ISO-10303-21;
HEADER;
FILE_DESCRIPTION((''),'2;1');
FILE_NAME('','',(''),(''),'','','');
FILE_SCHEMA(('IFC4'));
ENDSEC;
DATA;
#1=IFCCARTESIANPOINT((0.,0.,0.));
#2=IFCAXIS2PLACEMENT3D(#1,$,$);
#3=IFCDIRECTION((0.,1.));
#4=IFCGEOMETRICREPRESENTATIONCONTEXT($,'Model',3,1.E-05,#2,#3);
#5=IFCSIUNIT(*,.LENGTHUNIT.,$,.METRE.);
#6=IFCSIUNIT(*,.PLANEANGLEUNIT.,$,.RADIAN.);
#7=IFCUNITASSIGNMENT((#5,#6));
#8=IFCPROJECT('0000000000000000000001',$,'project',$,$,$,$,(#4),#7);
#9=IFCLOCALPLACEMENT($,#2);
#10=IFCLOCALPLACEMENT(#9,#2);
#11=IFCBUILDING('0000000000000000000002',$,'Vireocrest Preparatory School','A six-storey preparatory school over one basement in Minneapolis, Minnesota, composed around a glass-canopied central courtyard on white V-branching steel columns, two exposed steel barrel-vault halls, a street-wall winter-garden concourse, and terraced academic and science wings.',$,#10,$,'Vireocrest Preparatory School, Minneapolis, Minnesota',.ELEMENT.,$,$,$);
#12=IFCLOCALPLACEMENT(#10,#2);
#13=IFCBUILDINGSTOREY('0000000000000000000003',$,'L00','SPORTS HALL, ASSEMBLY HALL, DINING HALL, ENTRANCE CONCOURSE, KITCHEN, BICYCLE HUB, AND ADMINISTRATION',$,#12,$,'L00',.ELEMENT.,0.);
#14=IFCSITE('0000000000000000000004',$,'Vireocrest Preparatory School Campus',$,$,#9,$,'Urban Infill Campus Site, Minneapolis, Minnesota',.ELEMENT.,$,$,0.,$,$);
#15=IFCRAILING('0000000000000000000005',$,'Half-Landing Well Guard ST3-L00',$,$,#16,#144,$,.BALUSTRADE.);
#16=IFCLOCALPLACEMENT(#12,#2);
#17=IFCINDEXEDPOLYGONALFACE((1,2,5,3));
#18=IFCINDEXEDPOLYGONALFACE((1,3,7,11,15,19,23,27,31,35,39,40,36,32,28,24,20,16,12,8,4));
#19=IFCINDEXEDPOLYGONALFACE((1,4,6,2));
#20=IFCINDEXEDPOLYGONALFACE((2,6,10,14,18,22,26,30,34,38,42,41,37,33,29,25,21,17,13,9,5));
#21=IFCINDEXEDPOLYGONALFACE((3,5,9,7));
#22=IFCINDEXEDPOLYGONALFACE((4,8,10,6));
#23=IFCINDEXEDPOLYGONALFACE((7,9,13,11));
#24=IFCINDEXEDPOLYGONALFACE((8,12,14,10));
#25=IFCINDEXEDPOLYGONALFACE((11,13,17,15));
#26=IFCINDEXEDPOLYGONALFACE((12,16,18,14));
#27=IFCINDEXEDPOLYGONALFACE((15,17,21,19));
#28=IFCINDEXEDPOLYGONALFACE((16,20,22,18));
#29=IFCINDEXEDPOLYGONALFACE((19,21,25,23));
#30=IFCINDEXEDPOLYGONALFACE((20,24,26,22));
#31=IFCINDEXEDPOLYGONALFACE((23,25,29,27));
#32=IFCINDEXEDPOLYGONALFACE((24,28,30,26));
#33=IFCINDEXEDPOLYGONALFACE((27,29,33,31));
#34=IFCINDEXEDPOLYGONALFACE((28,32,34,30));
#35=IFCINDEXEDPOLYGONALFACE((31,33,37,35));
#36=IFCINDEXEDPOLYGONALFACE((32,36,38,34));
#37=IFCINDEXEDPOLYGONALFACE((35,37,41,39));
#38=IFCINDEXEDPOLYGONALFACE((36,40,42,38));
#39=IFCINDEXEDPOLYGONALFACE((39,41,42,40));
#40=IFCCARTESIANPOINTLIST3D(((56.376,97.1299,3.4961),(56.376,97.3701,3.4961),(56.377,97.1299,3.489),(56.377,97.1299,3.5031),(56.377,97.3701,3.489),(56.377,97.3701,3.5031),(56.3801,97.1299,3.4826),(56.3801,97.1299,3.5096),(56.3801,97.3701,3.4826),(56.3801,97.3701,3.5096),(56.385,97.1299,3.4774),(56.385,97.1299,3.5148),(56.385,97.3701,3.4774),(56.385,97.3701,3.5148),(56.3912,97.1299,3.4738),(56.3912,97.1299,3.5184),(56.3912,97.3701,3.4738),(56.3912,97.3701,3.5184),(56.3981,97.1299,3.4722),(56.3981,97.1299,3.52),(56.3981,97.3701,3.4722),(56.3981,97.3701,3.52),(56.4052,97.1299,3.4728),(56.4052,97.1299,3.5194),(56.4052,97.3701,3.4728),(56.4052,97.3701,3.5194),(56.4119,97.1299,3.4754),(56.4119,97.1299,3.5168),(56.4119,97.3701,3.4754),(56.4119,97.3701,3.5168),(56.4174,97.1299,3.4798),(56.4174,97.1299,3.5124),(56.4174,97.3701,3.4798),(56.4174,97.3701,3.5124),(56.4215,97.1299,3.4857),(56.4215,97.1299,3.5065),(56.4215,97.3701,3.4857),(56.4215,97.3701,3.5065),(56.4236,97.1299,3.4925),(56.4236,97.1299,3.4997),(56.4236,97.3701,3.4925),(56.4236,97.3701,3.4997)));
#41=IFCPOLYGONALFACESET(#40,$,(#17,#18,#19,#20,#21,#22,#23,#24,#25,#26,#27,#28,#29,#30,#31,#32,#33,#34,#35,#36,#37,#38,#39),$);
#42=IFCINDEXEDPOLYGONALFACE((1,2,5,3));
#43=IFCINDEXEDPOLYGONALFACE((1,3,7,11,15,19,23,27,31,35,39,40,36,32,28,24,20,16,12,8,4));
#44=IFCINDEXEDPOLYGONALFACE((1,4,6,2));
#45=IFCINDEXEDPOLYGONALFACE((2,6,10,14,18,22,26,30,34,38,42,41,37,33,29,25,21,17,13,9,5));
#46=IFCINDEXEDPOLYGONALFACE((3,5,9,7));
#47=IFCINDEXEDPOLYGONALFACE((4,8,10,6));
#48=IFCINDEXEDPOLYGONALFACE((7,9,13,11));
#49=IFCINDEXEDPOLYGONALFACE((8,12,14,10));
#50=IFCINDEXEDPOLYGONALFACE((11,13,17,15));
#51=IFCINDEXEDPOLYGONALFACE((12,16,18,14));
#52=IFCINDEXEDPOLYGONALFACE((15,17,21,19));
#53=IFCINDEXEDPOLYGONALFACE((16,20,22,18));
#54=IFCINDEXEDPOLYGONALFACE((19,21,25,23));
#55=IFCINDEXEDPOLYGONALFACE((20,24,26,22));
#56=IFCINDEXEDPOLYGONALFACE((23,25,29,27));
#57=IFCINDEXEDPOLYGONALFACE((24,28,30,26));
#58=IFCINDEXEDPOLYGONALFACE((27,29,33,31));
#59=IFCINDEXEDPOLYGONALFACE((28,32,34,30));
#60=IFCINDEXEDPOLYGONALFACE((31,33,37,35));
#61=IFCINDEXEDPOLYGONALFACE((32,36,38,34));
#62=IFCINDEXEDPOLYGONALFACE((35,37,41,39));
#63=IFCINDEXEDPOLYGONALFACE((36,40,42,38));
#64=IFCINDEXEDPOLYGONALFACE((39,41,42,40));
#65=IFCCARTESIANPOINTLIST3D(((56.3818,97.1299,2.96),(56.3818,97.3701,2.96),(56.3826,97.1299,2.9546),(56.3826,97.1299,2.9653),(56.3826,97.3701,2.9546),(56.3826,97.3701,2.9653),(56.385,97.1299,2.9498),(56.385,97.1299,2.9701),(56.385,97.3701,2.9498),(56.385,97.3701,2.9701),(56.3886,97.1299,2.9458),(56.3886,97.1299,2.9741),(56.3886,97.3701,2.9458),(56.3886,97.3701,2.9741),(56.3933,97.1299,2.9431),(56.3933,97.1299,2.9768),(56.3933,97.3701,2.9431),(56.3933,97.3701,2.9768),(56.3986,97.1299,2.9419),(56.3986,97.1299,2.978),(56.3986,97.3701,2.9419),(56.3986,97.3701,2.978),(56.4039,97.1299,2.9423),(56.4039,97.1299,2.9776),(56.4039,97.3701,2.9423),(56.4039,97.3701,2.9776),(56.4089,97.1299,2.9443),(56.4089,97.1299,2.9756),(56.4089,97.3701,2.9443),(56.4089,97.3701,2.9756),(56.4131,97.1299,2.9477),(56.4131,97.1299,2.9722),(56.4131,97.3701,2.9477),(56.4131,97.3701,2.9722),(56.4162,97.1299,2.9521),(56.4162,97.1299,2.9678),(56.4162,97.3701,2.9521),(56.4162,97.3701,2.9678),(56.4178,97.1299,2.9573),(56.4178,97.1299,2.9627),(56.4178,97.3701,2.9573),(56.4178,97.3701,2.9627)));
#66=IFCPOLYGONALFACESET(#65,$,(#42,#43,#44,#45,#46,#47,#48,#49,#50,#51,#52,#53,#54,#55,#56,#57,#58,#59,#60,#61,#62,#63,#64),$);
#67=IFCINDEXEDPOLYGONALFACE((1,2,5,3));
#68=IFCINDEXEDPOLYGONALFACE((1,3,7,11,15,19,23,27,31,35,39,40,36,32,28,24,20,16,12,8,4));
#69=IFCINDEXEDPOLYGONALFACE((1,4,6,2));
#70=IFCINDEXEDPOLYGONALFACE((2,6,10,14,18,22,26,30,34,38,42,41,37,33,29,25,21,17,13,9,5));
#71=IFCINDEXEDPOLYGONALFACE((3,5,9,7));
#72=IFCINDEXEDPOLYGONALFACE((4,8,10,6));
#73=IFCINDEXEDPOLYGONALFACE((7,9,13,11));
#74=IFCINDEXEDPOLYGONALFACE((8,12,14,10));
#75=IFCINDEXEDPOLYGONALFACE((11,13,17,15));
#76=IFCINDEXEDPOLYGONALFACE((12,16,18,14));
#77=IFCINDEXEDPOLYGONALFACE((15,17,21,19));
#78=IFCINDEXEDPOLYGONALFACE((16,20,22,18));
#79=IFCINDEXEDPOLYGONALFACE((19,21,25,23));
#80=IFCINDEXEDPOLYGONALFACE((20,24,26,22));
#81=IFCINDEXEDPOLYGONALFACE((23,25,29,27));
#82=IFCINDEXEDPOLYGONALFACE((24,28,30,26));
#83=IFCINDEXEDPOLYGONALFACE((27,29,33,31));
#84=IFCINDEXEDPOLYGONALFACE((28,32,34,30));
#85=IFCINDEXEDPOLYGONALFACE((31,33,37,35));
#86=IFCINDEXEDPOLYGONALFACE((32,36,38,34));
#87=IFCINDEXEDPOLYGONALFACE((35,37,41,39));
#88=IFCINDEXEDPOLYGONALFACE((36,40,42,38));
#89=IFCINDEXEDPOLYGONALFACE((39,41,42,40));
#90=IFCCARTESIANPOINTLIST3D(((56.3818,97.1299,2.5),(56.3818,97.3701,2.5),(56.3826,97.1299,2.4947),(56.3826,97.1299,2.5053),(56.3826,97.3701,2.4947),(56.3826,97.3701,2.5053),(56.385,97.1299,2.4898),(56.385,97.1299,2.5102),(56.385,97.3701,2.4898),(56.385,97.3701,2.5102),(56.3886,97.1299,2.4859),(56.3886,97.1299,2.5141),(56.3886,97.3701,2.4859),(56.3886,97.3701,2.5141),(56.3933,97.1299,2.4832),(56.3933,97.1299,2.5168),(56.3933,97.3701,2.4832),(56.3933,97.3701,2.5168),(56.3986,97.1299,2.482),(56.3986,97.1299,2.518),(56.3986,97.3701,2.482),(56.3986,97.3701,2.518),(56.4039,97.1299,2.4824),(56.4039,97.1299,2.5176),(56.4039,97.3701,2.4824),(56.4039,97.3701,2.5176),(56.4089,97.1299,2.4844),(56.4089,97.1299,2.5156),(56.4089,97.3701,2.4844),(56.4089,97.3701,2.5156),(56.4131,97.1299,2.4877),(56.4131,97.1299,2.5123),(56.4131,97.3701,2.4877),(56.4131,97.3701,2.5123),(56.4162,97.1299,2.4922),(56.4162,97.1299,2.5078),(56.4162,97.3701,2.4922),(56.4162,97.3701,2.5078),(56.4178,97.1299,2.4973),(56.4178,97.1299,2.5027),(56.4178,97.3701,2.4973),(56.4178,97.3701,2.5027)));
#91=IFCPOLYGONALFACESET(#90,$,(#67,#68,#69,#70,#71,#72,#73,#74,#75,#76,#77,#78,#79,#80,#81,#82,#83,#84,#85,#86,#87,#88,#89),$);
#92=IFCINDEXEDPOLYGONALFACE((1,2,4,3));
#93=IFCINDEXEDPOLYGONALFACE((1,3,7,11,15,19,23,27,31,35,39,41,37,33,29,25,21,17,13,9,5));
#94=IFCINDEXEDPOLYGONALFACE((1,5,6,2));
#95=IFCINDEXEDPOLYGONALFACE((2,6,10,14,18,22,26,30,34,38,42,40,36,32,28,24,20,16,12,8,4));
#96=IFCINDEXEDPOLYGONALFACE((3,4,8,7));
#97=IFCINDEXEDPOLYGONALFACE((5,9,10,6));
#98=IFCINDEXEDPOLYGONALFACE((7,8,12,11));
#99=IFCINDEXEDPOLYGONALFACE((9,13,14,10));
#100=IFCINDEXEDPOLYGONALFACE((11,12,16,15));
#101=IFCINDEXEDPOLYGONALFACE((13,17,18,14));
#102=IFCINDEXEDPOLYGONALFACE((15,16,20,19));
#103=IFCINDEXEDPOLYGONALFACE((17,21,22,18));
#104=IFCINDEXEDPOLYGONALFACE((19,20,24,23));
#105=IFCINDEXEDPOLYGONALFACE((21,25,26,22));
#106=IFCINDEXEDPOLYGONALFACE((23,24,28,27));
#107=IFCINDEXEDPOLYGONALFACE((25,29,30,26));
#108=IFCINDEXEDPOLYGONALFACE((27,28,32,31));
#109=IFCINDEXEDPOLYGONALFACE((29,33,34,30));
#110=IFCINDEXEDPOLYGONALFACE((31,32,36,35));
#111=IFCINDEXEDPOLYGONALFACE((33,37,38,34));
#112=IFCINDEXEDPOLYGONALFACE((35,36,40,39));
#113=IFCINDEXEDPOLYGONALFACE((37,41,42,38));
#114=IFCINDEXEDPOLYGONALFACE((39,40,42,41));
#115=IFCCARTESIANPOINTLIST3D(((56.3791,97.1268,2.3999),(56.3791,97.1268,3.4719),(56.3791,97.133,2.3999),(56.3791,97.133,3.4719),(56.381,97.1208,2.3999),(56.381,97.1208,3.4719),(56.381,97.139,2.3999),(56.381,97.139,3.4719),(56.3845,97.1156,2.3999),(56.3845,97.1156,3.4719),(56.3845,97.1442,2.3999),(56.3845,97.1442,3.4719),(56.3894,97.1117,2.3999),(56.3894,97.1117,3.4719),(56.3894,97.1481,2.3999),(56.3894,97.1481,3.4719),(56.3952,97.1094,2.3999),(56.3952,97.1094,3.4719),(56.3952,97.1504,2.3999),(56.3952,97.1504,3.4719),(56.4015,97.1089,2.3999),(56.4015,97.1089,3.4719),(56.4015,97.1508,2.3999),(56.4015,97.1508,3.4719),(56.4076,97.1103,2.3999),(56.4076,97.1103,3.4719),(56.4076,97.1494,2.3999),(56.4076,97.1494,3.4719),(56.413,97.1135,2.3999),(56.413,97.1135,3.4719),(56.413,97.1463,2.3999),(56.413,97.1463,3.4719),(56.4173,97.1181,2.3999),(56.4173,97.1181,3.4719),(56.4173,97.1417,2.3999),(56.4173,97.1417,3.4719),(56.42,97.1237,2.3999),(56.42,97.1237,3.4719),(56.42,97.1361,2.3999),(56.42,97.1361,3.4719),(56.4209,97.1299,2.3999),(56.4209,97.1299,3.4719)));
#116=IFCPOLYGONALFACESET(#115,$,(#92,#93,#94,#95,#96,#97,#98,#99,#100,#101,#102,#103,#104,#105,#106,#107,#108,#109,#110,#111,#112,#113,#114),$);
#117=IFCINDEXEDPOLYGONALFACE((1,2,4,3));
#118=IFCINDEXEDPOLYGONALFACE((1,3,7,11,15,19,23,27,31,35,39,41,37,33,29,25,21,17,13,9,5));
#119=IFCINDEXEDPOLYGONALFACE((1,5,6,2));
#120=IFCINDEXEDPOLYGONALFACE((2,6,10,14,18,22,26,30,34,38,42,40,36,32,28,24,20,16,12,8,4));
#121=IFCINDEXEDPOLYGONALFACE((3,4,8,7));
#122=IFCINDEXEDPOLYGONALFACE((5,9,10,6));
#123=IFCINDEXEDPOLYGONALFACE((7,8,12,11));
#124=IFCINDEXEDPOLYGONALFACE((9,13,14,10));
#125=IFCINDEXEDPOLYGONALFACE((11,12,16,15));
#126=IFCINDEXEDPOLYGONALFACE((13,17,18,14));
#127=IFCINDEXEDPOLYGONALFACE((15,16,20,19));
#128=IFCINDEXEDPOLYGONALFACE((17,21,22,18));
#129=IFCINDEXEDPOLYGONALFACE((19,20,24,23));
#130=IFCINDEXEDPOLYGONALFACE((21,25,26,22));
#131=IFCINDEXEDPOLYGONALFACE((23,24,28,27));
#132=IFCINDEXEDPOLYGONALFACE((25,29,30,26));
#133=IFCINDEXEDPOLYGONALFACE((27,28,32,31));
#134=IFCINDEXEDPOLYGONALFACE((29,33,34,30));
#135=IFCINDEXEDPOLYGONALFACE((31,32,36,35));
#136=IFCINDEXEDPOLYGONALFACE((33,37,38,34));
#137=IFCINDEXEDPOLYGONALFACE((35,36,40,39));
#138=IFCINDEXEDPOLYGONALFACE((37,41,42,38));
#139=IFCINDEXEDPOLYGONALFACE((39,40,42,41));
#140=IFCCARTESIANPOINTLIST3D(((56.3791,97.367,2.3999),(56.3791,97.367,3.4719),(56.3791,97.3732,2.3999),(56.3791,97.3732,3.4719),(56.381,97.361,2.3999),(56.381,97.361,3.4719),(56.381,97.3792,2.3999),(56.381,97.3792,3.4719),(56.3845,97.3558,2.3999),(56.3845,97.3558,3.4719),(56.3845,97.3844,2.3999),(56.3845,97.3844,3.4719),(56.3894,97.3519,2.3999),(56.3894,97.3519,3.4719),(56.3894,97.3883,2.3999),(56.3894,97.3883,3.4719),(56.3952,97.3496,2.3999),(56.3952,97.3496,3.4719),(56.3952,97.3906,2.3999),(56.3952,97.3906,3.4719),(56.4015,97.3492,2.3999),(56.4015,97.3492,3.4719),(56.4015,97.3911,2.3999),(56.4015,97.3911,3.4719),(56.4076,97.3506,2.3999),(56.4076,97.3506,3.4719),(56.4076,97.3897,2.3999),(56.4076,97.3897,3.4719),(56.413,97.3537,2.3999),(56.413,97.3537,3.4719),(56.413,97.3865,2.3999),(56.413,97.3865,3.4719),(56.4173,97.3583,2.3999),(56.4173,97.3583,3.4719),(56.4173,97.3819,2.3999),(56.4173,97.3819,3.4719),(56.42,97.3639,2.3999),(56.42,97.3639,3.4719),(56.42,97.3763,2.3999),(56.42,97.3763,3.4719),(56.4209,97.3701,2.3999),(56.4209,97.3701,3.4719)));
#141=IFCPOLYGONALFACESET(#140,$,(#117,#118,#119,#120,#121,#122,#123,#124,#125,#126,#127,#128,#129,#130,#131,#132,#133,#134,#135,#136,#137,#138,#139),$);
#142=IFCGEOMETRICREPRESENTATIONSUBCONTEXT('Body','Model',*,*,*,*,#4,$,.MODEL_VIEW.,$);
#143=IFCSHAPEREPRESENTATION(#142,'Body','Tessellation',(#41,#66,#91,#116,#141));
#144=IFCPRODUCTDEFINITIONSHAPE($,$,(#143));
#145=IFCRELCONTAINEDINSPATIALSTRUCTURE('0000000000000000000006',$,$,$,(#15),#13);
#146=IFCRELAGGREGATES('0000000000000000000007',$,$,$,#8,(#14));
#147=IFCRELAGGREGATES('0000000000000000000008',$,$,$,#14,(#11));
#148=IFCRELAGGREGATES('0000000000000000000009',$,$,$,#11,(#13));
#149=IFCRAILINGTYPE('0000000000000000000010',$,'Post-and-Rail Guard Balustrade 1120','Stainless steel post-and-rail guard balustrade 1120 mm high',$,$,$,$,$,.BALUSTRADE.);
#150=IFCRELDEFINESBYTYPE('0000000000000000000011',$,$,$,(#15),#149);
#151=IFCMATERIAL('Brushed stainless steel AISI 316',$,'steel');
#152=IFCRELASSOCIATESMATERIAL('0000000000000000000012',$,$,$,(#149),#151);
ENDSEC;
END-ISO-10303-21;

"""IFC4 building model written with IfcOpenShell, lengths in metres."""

from ifc_helpers import new_model, si_unit, direction, frame, origin, origin_2d, place, context, subcontext, project, spatial, circle, extrude, material, type_object, element, save


model = new_model("IFC4")

# Units and contexts
model_context = context("Model", 3, precision=1e-05, world=origin(), true_north=direction((0.0, 1.0)))
body_context = subcontext(model_context, "Body", "Model", "MODEL_VIEW")
ifc_project = project(units=[si_unit("LENGTHUNIT", "METRE"), si_unit("PLANEANGLEUNIT", "RADIAN")], contexts=[model_context])

# Site, building, storey
site_placement = place(None, origin())
site = spatial("IfcSite", under=ifc_project, at=site_placement, Name="Vireocrest Preparatory School Campus", LongName="Urban Infill Campus Site, Minneapolis, Minnesota", CompositionType="ELEMENT", RefElevation=0.0)
building_placement = place(site_placement, origin())
building = spatial("IfcBuilding", under=site, at=building_placement, Name="Vireocrest Preparatory School", Description="A six-storey preparatory school over one basement in Minneapolis, Minnesota, composed around a glass-canopied central courtyard on white V-branching steel columns, two exposed steel barrel-vault halls, a street-wall winter-garden concourse, and terraced academic and science wings.", LongName="Vireocrest Preparatory School, Minneapolis, Minnesota", CompositionType="ELEMENT")
storey_placement = place(building_placement, origin())
storey = spatial("IfcBuildingStorey", under=building, at=storey_placement, Name="L00", Description="SPORTS HALL, ASSEMBLY HALL, DINING HALL, ENTRANCE CONCOURSE, KITCHEN, BICYCLE HUB, AND ADMINISTRATION", LongName="L00", CompositionType="ELEMENT", Elevation=0.0)

# Railing
ifc_material_1 = material(Name="Brushed stainless steel AISI 316", Category="steel")
railing_type_1 = type_object("IfcRailingType", Name="Post-and-Rail Guard Balustrade 1120", Description="Stainless steel post-and-rail guard balustrade 1120 mm high", PredefinedType="BALUSTRADE", material=ifc_material_1)
railing_1_placement = place(storey_placement, frame((56.3999, 97.1299, 2.3999)))
element("IfcRailing", 1, at=railing_1_placement, inside=storey, type_object=railing_type_1, Name="Half-Landing Well Guard ST3-L00", PredefinedType="BALUSTRADE", context=body_context, shape_type="SweptSolid", body=[
    extrude(circle(Radius=0.0239, at=origin_2d()), frame((0.0, 0.0, 1.0962), z_axis=(0.0, 1.0, 0.0), x_axis=(-1.0, 0.0, 0.0)), (0.0, 0.0, 1.0), 0.2402),
    extrude(circle(Radius=0.0181, at=origin_2d()), frame((0.0, 0.0, 0.5601), z_axis=(0.0, 1.0, 0.0), x_axis=(-1.0, 0.0, 0.0)), (0.0, 0.0, 1.0), 0.2402),
    extrude(circle(Radius=0.0181, at=origin_2d()), frame((0.0, 0.0, 0.1001), z_axis=(0.0, 1.0, 0.0), x_axis=(-1.0, 0.0, 0.0)), (0.0, 0.0, 1.0), 0.2402),
    extrude(circle(Radius=0.021, at=origin_2d()), origin(), (0.0, 0.0, 1.0), 1.072),
    extrude(circle(Radius=0.021, at=origin_2d()), frame((0.0, 0.2402, 0.0)), (0.0, 0.0, 1.0), 1.072),
])

save(model, "model.ifc")
